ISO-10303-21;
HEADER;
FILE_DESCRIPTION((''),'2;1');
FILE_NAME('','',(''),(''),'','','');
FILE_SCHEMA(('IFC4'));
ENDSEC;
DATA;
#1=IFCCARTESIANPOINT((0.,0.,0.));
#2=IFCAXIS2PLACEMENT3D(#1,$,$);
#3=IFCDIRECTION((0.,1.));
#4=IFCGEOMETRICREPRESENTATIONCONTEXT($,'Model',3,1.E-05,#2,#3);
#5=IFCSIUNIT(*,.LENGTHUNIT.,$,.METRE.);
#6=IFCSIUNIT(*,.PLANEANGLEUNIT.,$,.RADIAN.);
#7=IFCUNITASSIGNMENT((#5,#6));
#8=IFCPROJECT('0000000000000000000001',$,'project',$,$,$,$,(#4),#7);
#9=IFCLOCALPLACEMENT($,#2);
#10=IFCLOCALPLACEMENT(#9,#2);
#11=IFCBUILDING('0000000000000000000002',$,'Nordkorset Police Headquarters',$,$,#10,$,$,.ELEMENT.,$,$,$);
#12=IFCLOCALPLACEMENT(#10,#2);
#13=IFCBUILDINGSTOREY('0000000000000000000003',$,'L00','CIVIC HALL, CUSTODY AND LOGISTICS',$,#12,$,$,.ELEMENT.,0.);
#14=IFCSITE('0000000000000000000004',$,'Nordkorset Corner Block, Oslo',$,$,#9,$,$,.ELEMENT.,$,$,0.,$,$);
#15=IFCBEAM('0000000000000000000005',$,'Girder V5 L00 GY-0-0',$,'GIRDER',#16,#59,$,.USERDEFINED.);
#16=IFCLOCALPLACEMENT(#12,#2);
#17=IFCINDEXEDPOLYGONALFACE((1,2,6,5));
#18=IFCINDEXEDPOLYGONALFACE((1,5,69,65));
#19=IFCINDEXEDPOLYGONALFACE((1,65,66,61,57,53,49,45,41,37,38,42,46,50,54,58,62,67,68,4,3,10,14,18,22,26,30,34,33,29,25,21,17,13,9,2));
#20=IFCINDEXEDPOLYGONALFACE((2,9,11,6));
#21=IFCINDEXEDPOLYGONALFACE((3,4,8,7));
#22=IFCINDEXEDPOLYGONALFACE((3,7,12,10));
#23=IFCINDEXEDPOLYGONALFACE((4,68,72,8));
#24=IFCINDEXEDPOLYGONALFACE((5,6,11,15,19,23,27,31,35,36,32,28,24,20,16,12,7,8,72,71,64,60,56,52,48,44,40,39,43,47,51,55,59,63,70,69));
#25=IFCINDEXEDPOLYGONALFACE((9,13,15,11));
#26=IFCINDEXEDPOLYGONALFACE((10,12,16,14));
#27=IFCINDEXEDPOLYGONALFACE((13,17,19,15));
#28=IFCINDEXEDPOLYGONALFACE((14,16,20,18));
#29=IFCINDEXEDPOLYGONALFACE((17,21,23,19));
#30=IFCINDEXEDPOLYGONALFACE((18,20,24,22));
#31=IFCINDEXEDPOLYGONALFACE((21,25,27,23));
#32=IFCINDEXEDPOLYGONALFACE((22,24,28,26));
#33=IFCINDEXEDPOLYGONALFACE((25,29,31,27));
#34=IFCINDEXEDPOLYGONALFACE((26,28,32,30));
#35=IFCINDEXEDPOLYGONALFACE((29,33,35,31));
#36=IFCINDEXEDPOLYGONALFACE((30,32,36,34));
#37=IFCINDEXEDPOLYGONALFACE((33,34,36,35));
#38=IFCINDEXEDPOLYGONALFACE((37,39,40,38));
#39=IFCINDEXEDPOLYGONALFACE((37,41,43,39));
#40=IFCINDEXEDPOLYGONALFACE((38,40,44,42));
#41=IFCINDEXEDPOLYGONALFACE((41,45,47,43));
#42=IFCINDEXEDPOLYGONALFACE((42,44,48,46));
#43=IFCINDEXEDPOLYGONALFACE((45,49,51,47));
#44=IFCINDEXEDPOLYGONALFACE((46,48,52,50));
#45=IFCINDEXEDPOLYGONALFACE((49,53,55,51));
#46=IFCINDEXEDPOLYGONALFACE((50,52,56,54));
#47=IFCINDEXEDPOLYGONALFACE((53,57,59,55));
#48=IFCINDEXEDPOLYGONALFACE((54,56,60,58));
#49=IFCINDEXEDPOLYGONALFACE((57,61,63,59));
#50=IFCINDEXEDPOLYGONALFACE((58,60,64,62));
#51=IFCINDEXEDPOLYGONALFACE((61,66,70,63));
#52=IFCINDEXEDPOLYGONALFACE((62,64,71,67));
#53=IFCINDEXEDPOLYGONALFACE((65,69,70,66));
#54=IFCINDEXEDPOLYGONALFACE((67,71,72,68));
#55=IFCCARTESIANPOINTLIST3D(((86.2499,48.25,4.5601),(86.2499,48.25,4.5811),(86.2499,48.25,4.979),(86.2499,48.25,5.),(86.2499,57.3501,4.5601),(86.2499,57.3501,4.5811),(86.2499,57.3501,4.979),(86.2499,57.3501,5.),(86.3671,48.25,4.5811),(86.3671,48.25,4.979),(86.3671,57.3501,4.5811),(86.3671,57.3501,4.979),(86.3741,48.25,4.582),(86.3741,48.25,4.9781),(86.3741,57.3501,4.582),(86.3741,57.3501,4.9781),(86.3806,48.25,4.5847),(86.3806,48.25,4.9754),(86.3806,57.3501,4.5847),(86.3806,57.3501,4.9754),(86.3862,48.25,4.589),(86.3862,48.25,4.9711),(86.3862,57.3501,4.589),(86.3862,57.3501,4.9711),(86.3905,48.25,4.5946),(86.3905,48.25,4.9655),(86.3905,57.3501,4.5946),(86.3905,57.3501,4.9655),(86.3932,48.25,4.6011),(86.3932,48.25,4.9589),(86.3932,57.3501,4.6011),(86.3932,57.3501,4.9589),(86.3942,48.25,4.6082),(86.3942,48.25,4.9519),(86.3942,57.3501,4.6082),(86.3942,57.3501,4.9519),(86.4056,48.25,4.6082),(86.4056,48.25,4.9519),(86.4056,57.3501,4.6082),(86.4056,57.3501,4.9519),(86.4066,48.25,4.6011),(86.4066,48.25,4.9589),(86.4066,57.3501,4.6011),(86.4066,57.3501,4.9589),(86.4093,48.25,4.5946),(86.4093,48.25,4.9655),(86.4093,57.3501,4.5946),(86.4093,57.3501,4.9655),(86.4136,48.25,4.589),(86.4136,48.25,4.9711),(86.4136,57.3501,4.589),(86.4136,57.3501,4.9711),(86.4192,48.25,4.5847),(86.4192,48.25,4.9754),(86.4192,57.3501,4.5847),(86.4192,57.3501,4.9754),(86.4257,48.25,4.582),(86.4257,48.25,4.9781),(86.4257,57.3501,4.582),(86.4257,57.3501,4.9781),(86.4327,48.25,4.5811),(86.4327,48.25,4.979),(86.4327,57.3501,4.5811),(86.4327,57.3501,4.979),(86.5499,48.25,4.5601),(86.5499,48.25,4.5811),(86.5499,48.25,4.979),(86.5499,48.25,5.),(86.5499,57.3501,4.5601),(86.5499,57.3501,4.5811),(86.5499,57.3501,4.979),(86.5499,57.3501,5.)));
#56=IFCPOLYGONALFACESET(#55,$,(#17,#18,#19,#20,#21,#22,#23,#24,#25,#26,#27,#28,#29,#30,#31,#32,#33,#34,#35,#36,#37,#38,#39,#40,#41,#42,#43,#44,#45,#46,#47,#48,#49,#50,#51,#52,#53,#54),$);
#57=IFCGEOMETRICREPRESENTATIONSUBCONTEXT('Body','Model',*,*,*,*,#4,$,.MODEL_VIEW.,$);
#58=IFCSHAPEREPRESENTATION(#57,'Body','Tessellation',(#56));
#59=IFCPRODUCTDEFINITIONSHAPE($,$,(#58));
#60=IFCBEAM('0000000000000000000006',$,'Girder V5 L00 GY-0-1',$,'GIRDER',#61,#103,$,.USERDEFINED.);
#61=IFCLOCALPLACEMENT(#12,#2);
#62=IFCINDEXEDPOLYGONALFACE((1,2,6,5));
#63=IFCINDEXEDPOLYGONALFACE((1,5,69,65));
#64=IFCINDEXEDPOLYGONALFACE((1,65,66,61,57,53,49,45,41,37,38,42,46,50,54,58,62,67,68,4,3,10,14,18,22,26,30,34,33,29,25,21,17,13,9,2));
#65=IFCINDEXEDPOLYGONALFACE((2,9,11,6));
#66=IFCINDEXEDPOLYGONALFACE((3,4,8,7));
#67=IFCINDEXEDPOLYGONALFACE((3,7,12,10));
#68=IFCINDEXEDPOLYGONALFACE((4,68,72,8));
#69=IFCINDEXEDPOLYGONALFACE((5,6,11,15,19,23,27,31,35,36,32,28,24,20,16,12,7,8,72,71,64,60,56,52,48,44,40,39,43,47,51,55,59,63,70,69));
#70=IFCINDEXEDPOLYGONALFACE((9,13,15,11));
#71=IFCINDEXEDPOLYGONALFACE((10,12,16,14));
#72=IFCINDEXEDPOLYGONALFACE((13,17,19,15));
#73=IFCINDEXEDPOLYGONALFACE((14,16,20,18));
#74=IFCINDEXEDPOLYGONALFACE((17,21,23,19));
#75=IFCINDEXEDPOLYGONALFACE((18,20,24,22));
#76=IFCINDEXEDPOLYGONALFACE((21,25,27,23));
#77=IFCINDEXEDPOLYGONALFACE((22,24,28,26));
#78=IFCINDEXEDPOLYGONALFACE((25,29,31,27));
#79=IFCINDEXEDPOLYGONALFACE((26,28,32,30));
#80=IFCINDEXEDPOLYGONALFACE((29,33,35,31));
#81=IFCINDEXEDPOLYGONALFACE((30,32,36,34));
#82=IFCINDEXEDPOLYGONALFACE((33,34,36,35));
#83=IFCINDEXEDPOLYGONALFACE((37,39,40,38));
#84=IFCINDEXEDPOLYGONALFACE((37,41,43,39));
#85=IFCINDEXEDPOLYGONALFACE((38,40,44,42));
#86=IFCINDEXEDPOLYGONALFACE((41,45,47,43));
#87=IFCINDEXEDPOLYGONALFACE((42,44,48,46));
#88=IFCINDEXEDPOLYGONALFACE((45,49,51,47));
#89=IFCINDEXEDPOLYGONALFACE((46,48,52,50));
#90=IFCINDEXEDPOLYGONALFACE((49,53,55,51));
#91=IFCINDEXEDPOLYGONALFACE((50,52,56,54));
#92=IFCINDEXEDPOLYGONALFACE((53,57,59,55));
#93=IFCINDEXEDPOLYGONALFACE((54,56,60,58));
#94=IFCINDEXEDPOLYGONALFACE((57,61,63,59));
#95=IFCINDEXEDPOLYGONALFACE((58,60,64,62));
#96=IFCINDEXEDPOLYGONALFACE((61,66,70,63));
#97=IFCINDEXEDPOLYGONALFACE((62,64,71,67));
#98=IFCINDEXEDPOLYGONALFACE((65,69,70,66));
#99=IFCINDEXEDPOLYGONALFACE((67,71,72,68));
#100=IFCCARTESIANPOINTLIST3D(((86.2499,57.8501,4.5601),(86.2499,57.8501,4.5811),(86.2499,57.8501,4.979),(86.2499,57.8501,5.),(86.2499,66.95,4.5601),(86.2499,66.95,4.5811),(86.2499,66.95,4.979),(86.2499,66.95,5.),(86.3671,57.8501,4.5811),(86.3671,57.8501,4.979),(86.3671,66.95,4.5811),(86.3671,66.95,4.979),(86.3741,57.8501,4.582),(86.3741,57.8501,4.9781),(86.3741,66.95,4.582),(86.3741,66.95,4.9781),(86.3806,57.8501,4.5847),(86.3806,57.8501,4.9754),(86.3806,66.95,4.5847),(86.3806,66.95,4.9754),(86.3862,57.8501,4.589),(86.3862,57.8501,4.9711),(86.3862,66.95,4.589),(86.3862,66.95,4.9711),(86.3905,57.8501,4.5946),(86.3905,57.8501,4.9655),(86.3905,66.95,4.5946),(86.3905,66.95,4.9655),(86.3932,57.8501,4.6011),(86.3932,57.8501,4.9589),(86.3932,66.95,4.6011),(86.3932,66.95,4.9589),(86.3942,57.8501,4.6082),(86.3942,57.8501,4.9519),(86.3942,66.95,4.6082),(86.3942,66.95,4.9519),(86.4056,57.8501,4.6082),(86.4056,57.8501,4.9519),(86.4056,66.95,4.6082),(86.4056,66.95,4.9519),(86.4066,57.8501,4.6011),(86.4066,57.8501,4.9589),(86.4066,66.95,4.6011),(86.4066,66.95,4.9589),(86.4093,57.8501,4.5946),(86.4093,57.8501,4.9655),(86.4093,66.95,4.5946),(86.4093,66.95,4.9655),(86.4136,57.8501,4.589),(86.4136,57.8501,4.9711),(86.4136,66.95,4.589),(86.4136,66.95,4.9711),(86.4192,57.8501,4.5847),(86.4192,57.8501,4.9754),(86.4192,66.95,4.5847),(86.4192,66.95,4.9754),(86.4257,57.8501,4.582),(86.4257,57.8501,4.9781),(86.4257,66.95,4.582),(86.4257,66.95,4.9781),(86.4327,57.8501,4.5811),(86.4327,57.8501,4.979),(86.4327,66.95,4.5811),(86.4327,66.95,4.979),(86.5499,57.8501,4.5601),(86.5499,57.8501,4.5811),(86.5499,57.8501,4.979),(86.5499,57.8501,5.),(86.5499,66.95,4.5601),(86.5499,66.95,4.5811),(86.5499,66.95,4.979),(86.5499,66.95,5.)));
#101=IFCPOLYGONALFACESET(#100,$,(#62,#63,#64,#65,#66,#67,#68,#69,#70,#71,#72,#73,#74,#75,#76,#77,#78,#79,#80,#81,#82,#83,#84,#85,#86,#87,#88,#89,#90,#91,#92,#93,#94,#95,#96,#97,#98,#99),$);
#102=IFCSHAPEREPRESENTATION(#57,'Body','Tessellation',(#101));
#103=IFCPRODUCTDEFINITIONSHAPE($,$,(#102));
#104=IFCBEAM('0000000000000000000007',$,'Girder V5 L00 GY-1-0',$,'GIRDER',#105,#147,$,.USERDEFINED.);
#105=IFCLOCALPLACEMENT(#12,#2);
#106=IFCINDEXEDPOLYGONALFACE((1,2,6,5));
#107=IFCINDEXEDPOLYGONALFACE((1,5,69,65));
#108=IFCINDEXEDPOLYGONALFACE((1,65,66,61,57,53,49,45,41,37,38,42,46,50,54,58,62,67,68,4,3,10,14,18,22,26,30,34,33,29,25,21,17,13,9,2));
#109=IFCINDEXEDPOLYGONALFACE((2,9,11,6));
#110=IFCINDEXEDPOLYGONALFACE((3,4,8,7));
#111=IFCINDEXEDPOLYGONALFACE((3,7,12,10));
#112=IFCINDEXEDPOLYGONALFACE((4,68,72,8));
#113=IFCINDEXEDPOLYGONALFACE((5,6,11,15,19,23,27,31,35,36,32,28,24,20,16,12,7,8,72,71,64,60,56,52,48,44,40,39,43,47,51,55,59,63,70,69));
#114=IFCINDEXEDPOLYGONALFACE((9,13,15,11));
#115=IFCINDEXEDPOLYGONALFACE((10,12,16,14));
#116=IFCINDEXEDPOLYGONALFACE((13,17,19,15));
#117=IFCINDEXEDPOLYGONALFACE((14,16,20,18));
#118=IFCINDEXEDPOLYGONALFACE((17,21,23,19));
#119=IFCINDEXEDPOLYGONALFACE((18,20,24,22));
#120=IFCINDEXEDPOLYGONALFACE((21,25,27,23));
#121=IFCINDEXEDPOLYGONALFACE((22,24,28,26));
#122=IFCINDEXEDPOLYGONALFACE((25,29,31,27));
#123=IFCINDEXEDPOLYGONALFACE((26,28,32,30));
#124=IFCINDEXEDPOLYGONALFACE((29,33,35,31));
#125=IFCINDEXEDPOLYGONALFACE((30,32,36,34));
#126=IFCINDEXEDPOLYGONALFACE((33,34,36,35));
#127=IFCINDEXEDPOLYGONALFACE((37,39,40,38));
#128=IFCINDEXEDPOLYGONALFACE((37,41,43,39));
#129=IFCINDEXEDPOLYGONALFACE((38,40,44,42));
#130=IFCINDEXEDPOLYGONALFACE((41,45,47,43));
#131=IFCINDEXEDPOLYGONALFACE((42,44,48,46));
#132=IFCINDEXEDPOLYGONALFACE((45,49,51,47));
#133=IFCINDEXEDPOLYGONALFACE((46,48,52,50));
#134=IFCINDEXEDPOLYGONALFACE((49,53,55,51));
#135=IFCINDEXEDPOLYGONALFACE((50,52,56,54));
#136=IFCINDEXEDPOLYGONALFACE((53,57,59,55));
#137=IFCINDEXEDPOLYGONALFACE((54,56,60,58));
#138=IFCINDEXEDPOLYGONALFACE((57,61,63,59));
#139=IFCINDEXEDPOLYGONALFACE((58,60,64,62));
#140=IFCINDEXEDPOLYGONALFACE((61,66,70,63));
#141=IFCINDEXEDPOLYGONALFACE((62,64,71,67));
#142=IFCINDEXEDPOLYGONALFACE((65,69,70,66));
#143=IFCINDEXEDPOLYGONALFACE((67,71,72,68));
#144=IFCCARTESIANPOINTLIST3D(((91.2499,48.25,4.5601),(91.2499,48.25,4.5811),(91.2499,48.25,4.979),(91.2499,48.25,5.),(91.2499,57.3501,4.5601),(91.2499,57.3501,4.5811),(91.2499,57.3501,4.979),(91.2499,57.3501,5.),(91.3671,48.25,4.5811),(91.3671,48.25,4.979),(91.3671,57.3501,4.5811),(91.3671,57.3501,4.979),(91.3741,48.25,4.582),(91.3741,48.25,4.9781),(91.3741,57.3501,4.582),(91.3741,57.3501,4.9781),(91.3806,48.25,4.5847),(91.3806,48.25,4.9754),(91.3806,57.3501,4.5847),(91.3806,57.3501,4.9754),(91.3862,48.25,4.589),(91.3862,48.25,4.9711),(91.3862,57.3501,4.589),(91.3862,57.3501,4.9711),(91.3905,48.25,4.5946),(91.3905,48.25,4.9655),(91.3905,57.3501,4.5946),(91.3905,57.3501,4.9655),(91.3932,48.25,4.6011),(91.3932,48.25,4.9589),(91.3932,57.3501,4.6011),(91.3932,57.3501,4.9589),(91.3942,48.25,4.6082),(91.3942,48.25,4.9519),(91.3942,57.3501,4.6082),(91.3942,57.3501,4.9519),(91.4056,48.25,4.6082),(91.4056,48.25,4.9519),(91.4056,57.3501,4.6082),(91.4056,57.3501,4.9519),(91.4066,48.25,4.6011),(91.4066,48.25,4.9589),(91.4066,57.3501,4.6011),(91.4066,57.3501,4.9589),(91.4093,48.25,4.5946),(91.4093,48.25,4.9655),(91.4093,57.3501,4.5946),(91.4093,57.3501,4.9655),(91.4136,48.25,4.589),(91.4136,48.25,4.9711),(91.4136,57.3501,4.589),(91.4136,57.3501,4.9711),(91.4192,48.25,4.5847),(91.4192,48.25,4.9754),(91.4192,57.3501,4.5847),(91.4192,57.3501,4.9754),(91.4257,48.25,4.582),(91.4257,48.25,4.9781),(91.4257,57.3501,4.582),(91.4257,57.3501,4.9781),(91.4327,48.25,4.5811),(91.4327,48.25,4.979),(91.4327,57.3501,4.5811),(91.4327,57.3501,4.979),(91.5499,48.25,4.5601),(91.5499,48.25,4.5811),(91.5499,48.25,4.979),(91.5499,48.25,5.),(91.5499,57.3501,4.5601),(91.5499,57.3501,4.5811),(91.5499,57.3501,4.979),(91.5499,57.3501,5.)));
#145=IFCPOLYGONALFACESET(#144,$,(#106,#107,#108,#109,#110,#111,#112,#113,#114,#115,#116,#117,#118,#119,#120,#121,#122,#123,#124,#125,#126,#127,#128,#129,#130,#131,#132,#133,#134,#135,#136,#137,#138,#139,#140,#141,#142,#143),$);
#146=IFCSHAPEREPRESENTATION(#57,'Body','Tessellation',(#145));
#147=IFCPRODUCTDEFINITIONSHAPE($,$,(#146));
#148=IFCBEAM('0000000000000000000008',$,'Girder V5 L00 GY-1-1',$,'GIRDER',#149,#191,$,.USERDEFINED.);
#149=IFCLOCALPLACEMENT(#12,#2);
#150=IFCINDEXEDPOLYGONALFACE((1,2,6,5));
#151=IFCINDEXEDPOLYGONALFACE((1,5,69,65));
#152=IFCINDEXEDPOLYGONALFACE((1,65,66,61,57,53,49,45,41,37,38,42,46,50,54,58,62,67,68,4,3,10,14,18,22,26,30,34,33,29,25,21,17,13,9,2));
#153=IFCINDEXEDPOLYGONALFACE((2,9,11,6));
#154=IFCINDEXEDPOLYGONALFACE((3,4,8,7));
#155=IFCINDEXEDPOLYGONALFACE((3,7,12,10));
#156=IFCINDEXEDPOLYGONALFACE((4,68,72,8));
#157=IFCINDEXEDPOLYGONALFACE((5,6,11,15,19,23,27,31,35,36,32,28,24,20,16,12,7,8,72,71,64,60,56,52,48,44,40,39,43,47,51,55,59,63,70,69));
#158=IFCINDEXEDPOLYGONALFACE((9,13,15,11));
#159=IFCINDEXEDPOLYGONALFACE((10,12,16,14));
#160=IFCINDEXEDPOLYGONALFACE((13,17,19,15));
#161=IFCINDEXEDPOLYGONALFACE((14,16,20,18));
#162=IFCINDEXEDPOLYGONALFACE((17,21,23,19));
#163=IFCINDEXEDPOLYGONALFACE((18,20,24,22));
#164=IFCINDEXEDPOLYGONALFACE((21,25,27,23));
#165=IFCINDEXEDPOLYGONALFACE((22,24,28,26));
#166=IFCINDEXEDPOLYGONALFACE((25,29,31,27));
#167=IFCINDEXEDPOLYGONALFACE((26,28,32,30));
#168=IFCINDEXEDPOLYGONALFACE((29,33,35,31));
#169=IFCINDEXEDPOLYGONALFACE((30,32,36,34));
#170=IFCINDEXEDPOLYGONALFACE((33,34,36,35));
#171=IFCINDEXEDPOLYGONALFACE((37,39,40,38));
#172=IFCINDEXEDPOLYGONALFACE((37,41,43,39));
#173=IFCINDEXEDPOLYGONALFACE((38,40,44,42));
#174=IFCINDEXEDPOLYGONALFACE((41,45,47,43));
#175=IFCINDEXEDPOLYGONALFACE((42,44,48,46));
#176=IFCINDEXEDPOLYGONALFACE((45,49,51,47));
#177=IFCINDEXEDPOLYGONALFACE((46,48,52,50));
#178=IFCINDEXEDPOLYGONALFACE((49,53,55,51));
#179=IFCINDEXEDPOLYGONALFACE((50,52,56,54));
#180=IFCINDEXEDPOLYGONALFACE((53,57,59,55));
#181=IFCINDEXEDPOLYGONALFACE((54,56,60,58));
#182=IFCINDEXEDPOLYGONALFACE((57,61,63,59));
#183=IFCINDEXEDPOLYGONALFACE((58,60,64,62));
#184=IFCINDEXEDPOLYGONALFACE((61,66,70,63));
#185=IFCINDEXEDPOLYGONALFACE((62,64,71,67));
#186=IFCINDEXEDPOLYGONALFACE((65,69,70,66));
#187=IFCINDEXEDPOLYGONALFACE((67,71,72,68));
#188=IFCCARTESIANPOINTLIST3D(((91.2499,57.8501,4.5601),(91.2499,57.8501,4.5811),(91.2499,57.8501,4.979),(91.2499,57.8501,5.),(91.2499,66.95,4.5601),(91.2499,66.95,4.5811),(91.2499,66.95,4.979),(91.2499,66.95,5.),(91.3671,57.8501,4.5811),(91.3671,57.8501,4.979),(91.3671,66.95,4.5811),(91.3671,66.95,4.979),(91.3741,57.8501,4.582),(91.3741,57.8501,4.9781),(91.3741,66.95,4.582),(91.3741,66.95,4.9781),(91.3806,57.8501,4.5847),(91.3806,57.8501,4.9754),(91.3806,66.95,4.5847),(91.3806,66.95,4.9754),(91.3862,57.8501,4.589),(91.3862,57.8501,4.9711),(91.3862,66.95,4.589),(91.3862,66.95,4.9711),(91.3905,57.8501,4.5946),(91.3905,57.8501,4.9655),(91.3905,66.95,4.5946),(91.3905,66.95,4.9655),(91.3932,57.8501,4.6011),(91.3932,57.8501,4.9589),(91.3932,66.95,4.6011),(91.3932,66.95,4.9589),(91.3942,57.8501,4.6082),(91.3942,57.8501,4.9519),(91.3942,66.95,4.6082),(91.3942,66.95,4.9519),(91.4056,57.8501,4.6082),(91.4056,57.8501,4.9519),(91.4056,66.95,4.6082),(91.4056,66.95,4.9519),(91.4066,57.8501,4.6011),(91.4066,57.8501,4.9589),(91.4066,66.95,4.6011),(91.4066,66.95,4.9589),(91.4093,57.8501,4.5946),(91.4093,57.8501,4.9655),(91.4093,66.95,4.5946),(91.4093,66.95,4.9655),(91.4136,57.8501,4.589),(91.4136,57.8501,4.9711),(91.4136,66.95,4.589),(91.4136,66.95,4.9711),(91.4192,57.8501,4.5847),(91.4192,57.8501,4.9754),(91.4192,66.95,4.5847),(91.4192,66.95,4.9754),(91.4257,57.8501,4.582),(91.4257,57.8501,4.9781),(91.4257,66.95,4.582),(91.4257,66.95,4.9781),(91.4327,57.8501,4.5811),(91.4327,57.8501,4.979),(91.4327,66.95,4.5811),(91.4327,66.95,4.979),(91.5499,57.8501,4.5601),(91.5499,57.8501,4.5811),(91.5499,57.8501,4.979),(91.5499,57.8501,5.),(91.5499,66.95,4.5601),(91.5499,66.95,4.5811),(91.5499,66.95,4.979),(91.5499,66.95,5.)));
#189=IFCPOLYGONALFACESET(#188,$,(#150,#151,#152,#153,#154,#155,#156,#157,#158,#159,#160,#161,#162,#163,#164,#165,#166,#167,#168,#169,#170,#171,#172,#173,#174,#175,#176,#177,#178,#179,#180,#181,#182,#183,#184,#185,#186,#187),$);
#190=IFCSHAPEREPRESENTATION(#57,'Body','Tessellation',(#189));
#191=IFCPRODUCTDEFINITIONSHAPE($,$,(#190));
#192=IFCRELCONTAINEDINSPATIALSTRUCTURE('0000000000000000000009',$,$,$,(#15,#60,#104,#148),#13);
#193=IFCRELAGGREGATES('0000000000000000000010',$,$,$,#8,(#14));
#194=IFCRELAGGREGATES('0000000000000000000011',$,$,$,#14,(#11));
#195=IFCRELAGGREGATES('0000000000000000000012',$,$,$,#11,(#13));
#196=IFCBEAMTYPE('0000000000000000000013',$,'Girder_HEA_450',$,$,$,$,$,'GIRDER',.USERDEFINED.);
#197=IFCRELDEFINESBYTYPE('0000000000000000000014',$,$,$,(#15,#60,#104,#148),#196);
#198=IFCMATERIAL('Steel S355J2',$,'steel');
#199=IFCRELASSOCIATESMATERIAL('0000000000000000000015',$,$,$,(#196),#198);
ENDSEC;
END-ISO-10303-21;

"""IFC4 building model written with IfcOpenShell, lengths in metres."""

from ifc_helpers import new_model, si_unit, direction, frame, origin, origin_2d, place, context, subcontext, project, spatial, i_section, extrude, material, material_profile, profile_set, type_object, element, save


model = new_model("IFC4")

# Units and contexts
model_context = context("Model", 3, precision=1e-05, world=origin(), true_north=direction((0.0, 1.0)))
body_context = subcontext(model_context, "Body", "Model", "MODEL_VIEW")
ifc_project = project(units=[si_unit("LENGTHUNIT", "METRE"), si_unit("PLANEANGLEUNIT", "RADIAN")], contexts=[model_context])

# Site, building, storey
site_placement = place(None, origin())
site = spatial("IfcSite", under=ifc_project, at=site_placement, Name="Nordkorset Corner Block, Oslo", CompositionType="ELEMENT", RefElevation=0.0)
building_placement = place(site_placement, origin())
building = spatial("IfcBuilding", under=site, at=building_placement, Name="Nordkorset Police Headquarters", CompositionType="ELEMENT")
storey_placement = place(building_placement, origin())
storey = spatial("IfcBuildingStorey", under=building, at=storey_placement, Name="L00", Description="CIVIC HALL, CUSTODY AND LOGISTICS", CompositionType="ELEMENT", Elevation=0.0)

# Beams
ifc_material_1 = material(Name="Steel S355J2", Category="steel")
ifc_material_profile_1 = material_profile(ifc_material_1, i_section(OverallWidth=0.3, OverallDepth=0.4399, WebThickness=0.0115, FlangeThickness=0.021, FilletRadius=0.0271, at=origin_2d()), Name="HEA 450")
ifc_profile_set_1 = profile_set([ifc_material_profile_1], Name="Steel S355J2")
beam_type_1 = type_object("IfcBeamType", Name="Girder_HEA_450", ElementType="GIRDER", PredefinedType="USERDEFINED", material=ifc_profile_set_1)
beam_1_placement = place(storey_placement, frame((86.3999, 48.25, 4.78), z_axis=(0.0, 1.0, 0.0), x_axis=(-1.0, 0.0, 0.0)))
element("IfcBeam", 1, at=beam_1_placement, inside=storey, type_object=beam_type_1, Name="Girder V5 L00 GY-0-0", ObjectType="GIRDER", PredefinedType="USERDEFINED", context=body_context, shape_type="SweptSolid", body=[
    extrude(i_section(OverallWidth=0.3, OverallDepth=0.4399, WebThickness=0.0115, FlangeThickness=0.021, FilletRadius=0.0271, at=origin_2d()), origin(), (0.0, 0.0, 1.0), 9.1001),
])
beam_2_placement = place(storey_placement, frame((86.3999, 57.8501, 4.78), z_axis=(0.0, 1.0, 0.0), x_axis=(-1.0, 0.0, 0.0)))
element("IfcBeam", 2, at=beam_2_placement, inside=storey, type_object=beam_type_1, Name="Girder V5 L00 GY-0-1", ObjectType="GIRDER", PredefinedType="USERDEFINED", context=body_context, shape_type="SweptSolid", body=[
    extrude(i_section(OverallWidth=0.3, OverallDepth=0.4399, WebThickness=0.0115, FlangeThickness=0.021, FilletRadius=0.0271, at=origin_2d()), origin(), (0.0, 0.0, 1.0), 9.0999),
])
beam_3_placement = place(storey_placement, frame((91.3999, 48.25, 4.78), z_axis=(0.0, 1.0, 0.0), x_axis=(-1.0, 0.0, 0.0)))
element("IfcBeam", 3, at=beam_3_placement, inside=storey, type_object=beam_type_1, Name="Girder V5 L00 GY-1-0", ObjectType="GIRDER", PredefinedType="USERDEFINED", context=body_context, shape_type="SweptSolid", body=[
    extrude(i_section(OverallWidth=0.3, OverallDepth=0.4399, WebThickness=0.0115, FlangeThickness=0.021, FilletRadius=0.0271, at=origin_2d()), origin(), (0.0, 0.0, 1.0), 9.1001),
])
beam_4_placement = place(storey_placement, frame((91.3999, 57.8501, 4.78), z_axis=(0.0, 1.0, 0.0), x_axis=(-1.0, 0.0, 0.0)))
element("IfcBeam", 4, at=beam_4_placement, inside=storey, type_object=beam_type_1, Name="Girder V5 L00 GY-1-1", ObjectType="GIRDER", PredefinedType="USERDEFINED", context=body_context, shape_type="SweptSolid", body=[
    extrude(i_section(OverallWidth=0.3, OverallDepth=0.4399, WebThickness=0.0115, FlangeThickness=0.021, FilletRadius=0.0271, at=origin_2d()), origin(), (0.0, 0.0, 1.0), 9.0999),
])

save(model, "model.ifc")
